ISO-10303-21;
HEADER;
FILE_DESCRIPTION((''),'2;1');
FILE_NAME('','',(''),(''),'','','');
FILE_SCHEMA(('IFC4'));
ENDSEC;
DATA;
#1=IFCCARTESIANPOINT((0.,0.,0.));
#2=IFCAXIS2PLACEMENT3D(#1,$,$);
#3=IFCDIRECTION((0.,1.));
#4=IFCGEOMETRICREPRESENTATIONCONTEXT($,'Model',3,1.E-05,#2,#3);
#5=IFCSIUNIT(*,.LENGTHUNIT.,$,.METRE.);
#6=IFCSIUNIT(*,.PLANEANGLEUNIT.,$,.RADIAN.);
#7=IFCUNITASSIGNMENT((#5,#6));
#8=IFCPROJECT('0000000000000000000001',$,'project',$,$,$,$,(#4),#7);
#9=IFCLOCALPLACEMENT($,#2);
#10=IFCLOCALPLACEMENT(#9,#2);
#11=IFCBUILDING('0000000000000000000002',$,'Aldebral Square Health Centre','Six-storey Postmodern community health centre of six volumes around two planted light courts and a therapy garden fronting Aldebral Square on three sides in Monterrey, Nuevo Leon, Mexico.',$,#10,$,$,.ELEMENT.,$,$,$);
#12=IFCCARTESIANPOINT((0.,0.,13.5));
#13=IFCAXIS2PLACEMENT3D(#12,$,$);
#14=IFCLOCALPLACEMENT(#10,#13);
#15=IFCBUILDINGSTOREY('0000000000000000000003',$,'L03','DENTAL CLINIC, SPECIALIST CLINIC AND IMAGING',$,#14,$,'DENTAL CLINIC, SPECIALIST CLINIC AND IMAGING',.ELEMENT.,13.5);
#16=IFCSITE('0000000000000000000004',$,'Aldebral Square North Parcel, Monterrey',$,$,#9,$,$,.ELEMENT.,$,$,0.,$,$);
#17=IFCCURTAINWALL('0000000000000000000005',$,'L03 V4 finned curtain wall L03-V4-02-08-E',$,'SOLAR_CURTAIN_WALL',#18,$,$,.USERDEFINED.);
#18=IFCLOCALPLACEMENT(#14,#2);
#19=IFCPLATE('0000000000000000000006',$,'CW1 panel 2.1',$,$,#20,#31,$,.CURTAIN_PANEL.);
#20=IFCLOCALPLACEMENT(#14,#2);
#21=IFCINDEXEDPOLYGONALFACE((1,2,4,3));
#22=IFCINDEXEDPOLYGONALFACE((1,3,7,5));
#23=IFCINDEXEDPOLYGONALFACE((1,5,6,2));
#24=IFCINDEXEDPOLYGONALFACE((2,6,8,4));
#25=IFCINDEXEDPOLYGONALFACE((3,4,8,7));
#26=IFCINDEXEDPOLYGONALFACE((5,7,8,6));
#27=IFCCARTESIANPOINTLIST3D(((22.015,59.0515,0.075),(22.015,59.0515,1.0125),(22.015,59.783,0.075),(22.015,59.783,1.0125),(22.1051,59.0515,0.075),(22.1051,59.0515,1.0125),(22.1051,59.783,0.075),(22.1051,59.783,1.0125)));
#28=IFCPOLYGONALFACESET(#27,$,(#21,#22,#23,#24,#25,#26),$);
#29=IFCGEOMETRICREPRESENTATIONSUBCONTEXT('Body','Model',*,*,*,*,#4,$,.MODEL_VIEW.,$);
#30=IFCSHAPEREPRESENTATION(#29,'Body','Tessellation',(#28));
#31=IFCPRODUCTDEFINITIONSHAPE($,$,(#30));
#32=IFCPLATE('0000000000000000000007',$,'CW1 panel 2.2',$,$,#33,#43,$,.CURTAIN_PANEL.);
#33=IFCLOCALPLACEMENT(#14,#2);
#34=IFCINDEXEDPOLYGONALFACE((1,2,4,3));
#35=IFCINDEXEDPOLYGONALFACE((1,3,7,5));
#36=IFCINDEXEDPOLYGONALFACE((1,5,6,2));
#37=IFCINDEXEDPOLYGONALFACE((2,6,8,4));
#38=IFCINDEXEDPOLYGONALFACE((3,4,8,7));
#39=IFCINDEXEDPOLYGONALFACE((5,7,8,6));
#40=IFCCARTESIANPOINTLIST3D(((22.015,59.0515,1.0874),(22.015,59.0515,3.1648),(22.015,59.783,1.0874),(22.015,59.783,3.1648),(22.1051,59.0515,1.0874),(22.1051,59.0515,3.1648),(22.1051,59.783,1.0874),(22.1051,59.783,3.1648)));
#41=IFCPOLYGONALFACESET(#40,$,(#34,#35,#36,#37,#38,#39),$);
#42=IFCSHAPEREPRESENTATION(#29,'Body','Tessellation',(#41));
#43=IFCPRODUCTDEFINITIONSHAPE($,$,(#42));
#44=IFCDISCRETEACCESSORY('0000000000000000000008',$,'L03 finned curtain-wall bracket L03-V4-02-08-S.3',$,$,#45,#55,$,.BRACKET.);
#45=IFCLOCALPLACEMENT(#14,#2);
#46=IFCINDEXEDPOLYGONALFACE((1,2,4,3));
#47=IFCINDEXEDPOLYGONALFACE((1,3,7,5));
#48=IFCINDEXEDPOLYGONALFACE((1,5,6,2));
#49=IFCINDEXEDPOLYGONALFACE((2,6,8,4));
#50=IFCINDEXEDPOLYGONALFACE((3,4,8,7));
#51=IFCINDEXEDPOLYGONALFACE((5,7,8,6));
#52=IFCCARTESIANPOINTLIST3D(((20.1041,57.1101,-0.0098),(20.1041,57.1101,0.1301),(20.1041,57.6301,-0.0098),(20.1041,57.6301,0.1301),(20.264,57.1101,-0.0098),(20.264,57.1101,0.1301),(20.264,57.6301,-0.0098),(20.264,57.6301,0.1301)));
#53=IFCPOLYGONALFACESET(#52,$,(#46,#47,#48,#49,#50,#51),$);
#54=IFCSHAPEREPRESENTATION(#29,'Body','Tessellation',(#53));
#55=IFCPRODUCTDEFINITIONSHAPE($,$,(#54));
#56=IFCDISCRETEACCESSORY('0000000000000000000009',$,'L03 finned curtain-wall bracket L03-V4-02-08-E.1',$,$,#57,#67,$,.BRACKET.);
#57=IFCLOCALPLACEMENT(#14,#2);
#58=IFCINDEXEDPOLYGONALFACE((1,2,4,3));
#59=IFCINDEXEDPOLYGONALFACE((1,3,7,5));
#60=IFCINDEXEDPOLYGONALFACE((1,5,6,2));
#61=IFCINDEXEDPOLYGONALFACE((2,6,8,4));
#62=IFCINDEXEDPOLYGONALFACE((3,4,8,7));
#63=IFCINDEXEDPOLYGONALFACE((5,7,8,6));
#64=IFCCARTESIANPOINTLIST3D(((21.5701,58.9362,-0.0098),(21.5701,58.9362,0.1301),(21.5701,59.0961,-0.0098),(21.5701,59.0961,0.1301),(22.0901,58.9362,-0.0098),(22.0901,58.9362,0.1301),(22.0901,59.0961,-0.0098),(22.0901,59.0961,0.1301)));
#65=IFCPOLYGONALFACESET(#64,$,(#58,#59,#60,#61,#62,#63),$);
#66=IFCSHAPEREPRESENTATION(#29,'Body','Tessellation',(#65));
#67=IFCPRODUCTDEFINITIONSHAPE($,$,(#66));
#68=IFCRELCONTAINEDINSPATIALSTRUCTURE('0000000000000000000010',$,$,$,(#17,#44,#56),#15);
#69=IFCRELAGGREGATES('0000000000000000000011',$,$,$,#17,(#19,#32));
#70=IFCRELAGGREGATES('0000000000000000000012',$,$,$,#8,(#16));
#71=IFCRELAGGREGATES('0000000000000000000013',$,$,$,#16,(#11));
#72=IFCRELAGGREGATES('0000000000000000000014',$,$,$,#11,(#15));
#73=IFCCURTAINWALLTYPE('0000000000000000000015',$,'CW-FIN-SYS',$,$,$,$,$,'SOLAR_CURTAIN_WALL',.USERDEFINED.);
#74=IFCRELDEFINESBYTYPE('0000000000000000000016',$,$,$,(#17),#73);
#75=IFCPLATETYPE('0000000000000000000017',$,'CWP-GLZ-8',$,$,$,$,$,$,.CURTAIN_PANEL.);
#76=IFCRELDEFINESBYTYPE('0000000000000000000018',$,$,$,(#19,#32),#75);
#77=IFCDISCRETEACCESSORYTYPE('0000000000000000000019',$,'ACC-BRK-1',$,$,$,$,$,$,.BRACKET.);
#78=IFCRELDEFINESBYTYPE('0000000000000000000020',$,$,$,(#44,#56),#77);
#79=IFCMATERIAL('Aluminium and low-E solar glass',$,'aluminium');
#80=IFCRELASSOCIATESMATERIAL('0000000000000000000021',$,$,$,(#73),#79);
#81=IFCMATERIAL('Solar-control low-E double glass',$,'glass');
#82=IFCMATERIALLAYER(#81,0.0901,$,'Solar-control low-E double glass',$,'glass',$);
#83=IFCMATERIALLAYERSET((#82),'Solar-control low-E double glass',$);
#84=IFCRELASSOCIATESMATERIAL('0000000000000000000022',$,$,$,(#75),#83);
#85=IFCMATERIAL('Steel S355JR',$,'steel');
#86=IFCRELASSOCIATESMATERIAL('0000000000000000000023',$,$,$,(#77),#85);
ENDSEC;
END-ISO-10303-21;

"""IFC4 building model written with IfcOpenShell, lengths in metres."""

from ifc_helpers import new_model, si_unit, direction, frame, origin, origin_2d, place, context, subcontext, project, spatial, rectangle, extrude, material, layer, layer_set, type_object, element, aggregate, save


model = new_model("IFC4")

# Units and contexts
model_context = context("Model", 3, precision=1e-05, world=origin(), true_north=direction((0.0, 1.0)))
body_context = subcontext(model_context, "Body", "Model", "MODEL_VIEW")
ifc_project = project(units=[si_unit("LENGTHUNIT", "METRE"), si_unit("PLANEANGLEUNIT", "RADIAN")], contexts=[model_context])

# Site, building, storey
site_placement = place(None, origin())
site = spatial("IfcSite", under=ifc_project, at=site_placement, Name="Aldebral Square North Parcel, Monterrey", CompositionType="ELEMENT", RefElevation=0.0)
building_placement = place(site_placement, origin())
building = spatial("IfcBuilding", under=site, at=building_placement, Name="Aldebral Square Health Centre", Description="Six-storey Postmodern community health centre of six volumes around two planted light courts and a therapy garden fronting Aldebral Square on three sides in Monterrey, Nuevo Leon, Mexico.", CompositionType="ELEMENT")
storey_placement = place(building_placement, frame((0.0, 0.0, 13.5)))
storey = spatial("IfcBuildingStorey", under=building, at=storey_placement, Name="L03", Description="DENTAL CLINIC, SPECIALIST CLINIC AND IMAGING", LongName="DENTAL CLINIC, SPECIALIST CLINIC AND IMAGING", CompositionType="ELEMENT", Elevation=13.5)

# Curtain wall
ifc_material_1 = material(Name="Aluminium and low-E solar glass", Category="aluminium")
curtain_wall_type = type_object("IfcCurtainWallType", Name="CW-FIN-SYS", ElementType="SOLAR_CURTAIN_WALL", PredefinedType="USERDEFINED", material=ifc_material_1)
curtain_wall_1_placement = place(storey_placement, origin())
curtain_wall_1 = element("IfcCurtainWall", 1, at=curtain_wall_1_placement, inside=storey, type_object=curtain_wall_type, Name="L03 V4 finned curtain wall L03-V4-02-08-E", ObjectType="SOLAR_CURTAIN_WALL", PredefinedType="USERDEFINED")

# Plates
ifc_material_2 = material(Name="Solar-control low-E double glass", Category="glass")
ifc_layer_1 = layer(ifc_material_2, 0.0901, Name="Solar-control low-E double glass", Category="glass")
ifc_layer_set_1 = layer_set([ifc_layer_1], Name="Solar-control low-E double glass")
plate_type_1 = type_object("IfcPlateType", Name="CWP-GLZ-8", PredefinedType="CURTAIN_PANEL", material=ifc_layer_set_1)
plate_1_placement = place(storey_placement, frame((22.0601, 59.4172, 0.075), z_axis=(0.0, 0.0, 1.0), x_axis=(0.0, 1.0, 0.0)))
plate_1 = element("IfcPlate", 2, at=plate_1_placement, type_object=plate_type_1, Name="CW1 panel 2.1", PredefinedType="CURTAIN_PANEL", context=body_context, shape_type="SweptSolid", body=[
    extrude(rectangle(XDim=0.7314, YDim=0.0901, at=origin_2d()), origin(), (0.0, 0.0, 1.0), 0.9375),
])
plate_2_placement = place(storey_placement, frame((22.0601, 59.4172, 1.0874), z_axis=(0.0, 0.0, 1.0), x_axis=(0.0, 1.0, 0.0)))
plate_2 = element("IfcPlate", 3, at=plate_2_placement, type_object=plate_type_1, Name="CW1 panel 2.2", PredefinedType="CURTAIN_PANEL", context=body_context, shape_type="SweptSolid", body=[
    extrude(rectangle(XDim=0.7314, YDim=0.0901, at=origin_2d()), origin(), (0.0, 0.0, 1.0), 2.0774),
])
aggregate(curtain_wall_1, [plate_1, plate_2])

# Discrete accessories
ifc_material_3 = material(Name="Steel S355JR", Category="steel")
discrete_accessory_type = type_object("IfcDiscreteAccessoryType", Name="ACC-BRK-1", PredefinedType="BRACKET", material=ifc_material_3)
for number, where, z_axis, x_axis, name in (
    (4, (20.1841, 57.3701, -0.0098), (0.0, 0.0, 1.0), (1.0, 0.0, 0.0), "L03 finned curtain-wall bracket L03-V4-02-08-S.3"),
    (5, (21.8301, 59.0161, -0.0098), (0.0, 0.0, 1.0), (0.0, 1.0, 0.0), "L03 finned curtain-wall bracket L03-V4-02-08-E.1"),
):
    element("IfcDiscreteAccessory", number, at=place(storey_placement, frame(where, z_axis=z_axis, x_axis=x_axis)), inside=storey, type_object=discrete_accessory_type, Name=name, PredefinedType="BRACKET", context=body_context, shape_type="SweptSolid", body=[
        extrude(rectangle(XDim=0.1599, YDim=0.52, at=origin_2d()), origin(), (0.0, 0.0, 1.0), 0.1399),
    ])

save(model, "model.ifc")
